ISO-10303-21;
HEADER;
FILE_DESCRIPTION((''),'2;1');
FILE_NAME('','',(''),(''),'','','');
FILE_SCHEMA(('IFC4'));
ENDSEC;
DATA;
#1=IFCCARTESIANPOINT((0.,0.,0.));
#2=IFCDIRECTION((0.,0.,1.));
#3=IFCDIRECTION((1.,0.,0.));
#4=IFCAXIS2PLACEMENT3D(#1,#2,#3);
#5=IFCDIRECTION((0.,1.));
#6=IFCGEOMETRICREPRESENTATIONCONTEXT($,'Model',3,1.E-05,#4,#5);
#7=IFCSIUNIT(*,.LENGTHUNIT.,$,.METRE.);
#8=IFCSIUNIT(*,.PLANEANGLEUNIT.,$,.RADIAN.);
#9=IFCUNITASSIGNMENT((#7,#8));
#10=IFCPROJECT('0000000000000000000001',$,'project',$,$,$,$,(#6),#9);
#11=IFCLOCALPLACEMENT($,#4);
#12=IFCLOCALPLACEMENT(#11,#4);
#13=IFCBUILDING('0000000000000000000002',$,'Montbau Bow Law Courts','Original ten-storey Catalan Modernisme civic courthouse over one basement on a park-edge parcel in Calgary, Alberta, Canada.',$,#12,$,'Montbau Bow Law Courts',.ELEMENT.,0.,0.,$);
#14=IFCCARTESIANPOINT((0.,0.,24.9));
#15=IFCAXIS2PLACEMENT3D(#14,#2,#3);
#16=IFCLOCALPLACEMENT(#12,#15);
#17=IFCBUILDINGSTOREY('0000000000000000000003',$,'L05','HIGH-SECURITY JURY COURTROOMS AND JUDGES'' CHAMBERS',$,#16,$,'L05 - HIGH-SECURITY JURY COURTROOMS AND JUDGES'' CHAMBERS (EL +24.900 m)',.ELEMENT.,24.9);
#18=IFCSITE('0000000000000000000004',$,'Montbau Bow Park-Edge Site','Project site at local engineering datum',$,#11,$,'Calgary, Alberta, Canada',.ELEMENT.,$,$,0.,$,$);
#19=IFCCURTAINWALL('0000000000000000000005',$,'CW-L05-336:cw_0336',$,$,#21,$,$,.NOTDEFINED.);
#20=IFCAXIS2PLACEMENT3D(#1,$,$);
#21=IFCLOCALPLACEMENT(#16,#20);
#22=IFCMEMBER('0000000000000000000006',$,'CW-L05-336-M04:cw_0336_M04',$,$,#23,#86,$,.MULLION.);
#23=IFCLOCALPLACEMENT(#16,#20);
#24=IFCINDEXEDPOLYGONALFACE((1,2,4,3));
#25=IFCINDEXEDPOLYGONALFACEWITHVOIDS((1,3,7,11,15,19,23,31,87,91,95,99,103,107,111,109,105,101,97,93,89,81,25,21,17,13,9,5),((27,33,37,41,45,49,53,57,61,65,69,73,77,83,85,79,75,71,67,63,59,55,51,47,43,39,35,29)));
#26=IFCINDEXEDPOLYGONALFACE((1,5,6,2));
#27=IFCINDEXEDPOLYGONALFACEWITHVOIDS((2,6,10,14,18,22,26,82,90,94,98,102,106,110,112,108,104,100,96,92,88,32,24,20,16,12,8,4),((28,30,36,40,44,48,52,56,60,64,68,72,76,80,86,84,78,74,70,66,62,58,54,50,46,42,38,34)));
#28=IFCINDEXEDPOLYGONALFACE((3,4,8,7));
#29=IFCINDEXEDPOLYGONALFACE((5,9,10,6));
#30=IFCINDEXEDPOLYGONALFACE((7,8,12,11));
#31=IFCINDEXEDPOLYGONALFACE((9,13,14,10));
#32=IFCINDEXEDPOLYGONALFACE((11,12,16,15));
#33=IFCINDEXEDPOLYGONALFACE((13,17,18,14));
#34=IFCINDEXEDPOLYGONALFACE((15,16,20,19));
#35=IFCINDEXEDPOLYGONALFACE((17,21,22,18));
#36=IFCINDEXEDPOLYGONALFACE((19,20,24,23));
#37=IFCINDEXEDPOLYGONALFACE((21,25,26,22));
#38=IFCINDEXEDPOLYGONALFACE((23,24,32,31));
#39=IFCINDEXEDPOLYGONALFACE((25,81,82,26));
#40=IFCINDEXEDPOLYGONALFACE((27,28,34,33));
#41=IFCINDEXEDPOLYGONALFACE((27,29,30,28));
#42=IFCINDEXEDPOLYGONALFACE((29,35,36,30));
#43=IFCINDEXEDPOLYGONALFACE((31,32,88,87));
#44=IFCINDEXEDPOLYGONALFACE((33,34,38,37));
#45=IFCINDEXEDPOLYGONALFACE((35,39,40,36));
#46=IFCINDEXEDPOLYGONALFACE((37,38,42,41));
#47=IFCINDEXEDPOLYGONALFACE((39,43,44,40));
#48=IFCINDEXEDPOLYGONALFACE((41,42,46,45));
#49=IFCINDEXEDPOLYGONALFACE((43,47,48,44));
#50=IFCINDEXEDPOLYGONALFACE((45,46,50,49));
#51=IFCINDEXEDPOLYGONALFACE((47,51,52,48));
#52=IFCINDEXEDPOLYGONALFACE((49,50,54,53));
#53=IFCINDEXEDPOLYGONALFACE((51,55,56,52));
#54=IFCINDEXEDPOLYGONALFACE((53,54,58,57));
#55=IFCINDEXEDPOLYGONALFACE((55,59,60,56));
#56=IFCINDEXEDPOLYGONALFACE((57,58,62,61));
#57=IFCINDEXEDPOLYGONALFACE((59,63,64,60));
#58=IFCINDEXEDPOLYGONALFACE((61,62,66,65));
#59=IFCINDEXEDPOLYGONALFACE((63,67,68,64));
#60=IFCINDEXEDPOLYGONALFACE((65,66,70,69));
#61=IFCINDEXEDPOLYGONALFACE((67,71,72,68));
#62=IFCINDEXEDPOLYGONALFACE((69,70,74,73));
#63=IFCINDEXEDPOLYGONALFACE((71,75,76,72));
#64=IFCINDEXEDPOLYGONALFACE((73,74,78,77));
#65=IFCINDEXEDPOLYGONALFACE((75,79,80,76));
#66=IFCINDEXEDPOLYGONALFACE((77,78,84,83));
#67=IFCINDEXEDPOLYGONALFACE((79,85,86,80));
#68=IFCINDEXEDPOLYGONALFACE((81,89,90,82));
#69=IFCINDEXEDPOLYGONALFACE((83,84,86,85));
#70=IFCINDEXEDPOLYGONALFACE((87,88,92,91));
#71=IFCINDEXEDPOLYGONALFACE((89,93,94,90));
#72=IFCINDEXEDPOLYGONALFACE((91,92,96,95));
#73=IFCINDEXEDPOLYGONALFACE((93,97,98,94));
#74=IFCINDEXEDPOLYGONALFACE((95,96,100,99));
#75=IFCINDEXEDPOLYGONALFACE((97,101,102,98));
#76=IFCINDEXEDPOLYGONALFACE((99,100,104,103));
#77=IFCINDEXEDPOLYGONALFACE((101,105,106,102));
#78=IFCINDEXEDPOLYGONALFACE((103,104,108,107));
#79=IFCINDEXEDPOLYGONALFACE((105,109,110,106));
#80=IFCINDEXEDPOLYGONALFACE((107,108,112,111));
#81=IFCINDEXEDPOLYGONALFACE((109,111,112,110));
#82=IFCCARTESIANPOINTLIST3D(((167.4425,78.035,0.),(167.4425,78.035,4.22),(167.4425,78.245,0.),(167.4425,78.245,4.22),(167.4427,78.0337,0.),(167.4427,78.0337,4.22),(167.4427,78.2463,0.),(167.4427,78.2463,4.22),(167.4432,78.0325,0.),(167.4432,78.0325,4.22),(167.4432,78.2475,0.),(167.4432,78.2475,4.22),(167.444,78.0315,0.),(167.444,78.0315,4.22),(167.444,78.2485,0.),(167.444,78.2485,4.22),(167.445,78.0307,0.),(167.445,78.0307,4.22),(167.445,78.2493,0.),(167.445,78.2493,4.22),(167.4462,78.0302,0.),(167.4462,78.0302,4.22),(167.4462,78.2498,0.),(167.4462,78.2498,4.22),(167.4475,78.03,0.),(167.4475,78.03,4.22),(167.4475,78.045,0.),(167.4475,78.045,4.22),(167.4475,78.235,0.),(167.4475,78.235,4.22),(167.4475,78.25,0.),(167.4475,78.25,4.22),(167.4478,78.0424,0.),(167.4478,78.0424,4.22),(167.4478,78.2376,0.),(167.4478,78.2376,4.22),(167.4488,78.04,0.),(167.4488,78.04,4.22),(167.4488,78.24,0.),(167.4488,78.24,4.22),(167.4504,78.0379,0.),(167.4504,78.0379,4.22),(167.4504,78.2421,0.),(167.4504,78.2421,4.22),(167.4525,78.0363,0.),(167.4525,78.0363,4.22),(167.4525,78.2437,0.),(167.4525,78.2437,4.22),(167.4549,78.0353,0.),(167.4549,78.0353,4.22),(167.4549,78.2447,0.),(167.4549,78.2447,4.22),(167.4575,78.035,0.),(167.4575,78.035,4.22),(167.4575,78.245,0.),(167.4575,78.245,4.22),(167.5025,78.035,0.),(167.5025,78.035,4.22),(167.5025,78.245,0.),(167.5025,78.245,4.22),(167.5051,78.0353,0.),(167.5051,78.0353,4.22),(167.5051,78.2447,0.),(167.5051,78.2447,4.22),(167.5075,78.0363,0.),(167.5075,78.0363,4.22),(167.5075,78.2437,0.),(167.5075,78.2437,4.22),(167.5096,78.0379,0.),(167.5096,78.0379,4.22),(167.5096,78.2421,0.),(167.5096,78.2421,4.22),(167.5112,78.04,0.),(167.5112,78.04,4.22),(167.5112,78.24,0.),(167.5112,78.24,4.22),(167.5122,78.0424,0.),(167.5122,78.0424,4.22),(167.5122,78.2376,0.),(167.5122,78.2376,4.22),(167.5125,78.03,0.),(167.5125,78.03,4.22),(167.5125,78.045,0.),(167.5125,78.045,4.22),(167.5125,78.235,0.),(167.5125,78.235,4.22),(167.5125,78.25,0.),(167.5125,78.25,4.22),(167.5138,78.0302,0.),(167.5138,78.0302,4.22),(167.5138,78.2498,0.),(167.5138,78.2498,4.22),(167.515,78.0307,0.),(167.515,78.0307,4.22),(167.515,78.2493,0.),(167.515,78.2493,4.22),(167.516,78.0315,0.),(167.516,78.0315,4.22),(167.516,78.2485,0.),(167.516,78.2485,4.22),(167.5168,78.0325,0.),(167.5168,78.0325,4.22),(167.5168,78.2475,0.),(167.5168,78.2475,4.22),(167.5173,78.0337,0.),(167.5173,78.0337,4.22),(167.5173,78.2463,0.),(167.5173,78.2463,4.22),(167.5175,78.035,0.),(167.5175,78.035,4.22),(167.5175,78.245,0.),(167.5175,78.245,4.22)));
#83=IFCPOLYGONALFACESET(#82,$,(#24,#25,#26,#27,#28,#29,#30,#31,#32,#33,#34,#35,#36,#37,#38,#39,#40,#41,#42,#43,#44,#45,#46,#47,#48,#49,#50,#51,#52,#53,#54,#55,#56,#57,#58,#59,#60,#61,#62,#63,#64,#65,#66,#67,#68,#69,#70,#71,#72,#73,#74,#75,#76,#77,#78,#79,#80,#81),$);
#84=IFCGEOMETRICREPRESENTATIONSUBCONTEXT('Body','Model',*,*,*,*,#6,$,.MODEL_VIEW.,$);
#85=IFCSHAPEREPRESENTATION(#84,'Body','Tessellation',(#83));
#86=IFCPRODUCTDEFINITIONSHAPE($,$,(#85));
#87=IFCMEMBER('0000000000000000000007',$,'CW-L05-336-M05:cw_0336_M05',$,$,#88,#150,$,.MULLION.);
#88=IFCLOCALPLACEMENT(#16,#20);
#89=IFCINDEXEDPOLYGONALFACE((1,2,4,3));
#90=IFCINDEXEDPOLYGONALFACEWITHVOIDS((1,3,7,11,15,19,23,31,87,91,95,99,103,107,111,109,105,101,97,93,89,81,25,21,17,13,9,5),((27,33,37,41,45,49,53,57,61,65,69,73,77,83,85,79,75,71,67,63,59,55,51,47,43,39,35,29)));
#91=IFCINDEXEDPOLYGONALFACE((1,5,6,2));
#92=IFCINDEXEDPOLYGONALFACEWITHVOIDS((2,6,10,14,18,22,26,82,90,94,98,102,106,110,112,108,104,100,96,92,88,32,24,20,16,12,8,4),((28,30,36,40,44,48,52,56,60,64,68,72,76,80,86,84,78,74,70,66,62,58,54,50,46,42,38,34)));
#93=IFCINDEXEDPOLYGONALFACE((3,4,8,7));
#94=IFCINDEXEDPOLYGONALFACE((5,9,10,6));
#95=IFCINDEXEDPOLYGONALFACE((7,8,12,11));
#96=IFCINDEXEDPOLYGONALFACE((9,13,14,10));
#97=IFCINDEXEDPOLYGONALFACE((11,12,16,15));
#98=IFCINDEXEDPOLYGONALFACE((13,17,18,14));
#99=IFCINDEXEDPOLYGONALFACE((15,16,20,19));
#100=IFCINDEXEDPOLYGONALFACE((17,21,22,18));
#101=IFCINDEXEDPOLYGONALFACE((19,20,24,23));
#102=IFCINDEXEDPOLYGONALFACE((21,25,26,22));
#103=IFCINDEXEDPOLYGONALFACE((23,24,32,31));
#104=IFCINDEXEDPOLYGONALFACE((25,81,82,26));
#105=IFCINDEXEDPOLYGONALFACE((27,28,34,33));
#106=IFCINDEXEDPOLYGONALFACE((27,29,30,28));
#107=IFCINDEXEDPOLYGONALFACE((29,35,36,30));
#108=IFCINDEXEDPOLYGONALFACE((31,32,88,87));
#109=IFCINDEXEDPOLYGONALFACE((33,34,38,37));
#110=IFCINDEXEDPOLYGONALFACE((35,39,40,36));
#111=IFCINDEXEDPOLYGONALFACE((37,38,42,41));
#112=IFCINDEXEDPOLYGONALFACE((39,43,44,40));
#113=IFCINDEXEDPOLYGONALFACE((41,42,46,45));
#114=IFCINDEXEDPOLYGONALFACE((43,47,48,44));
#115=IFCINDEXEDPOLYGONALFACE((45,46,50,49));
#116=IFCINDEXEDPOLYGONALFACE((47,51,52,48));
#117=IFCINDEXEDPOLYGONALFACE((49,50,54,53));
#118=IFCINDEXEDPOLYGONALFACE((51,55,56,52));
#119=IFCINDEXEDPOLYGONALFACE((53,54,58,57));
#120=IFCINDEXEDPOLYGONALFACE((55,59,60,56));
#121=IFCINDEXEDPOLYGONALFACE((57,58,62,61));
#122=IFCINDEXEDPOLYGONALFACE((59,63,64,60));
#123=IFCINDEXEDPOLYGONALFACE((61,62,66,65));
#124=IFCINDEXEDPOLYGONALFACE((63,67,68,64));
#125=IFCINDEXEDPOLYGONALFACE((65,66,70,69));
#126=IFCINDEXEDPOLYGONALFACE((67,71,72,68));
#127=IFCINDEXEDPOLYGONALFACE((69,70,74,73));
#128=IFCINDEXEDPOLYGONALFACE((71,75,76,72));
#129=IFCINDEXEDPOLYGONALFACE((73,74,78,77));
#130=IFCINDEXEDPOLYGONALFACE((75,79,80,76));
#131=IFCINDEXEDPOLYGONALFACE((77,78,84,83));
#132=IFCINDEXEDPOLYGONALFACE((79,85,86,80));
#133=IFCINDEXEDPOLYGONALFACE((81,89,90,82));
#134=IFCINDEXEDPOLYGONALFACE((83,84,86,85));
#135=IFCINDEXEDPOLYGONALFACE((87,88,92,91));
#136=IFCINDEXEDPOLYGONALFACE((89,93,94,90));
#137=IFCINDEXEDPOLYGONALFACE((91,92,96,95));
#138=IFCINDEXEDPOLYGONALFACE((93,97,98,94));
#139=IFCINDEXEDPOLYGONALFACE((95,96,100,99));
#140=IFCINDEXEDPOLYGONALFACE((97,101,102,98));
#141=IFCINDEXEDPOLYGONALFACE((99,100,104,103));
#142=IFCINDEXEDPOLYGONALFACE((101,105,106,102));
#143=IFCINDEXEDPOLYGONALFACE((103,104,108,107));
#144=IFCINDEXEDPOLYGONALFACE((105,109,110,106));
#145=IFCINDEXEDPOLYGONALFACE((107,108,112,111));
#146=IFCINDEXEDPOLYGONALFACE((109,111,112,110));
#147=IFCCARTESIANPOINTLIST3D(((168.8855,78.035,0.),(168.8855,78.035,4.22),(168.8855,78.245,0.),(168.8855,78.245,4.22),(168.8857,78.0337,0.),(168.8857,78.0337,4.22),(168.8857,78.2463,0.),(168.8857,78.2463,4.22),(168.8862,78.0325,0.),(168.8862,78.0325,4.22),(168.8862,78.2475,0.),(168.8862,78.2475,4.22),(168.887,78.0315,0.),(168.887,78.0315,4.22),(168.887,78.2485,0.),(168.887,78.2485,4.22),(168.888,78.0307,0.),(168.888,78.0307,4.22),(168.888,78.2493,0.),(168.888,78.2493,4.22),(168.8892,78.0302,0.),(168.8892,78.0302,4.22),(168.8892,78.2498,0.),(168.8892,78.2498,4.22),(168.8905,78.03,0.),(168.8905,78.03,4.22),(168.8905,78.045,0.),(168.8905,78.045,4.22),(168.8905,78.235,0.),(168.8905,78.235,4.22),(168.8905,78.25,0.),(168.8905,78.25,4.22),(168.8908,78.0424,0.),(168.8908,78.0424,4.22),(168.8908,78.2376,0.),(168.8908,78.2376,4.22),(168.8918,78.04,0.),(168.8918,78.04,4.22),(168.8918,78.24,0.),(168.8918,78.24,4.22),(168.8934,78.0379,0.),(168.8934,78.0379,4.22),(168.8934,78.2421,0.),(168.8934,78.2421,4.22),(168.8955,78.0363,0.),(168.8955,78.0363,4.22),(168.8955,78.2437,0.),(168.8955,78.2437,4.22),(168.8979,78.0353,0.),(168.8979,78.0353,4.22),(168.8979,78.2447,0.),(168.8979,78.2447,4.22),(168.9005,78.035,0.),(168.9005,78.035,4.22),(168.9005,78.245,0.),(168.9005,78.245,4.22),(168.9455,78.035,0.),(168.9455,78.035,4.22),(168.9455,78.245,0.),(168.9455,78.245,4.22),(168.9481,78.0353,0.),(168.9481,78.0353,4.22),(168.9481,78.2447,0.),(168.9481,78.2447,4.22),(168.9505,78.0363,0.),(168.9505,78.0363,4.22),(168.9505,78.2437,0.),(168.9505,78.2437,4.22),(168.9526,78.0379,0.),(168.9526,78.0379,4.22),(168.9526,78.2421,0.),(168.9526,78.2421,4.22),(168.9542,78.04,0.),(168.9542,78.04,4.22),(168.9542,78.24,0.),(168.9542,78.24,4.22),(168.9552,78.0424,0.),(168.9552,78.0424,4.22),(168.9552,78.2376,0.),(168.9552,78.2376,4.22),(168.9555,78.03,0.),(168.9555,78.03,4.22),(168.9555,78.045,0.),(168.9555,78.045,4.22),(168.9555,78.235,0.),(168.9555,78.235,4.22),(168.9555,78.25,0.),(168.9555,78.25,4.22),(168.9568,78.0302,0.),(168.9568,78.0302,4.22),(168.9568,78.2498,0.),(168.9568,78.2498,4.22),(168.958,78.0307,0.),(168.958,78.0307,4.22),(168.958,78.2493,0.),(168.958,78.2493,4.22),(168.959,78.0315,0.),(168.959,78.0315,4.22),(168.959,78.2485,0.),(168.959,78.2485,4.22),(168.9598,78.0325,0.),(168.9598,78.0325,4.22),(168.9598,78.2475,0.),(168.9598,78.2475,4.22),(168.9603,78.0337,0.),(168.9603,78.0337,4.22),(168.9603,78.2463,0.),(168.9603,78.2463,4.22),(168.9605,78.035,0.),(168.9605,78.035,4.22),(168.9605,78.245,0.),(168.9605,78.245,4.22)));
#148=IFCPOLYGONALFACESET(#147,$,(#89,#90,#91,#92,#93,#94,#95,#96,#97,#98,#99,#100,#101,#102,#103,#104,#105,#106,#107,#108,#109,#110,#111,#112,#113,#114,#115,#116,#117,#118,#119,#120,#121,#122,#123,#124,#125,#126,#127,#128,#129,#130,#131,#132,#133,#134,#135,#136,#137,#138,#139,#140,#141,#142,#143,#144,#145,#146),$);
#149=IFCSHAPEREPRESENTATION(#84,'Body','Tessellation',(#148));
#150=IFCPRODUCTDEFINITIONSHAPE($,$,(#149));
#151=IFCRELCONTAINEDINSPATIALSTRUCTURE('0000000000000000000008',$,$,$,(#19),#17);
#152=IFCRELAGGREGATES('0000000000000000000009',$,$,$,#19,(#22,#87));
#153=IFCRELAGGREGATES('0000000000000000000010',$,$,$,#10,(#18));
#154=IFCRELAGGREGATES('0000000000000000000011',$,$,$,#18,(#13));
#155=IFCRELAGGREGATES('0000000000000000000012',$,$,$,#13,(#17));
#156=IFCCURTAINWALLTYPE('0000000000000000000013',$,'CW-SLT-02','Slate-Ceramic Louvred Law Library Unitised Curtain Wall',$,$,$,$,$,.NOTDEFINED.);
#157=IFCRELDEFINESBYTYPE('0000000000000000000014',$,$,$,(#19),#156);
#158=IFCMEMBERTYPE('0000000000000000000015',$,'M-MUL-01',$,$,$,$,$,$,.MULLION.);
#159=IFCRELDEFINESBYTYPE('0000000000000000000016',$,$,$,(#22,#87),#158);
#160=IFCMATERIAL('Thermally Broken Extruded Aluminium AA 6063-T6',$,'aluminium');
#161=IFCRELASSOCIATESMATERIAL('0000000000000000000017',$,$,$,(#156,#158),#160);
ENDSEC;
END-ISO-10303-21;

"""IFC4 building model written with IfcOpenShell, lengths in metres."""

from ifc_helpers import new_model, si_unit, direction, frame, origin_with_axes, origin_2d_with_axis, place, context, subcontext, project, spatial, hollow_rectangle, extrude, material, material_profile, profile_set, type_object, element, aggregate, save


model = new_model("IFC4")

# Units and contexts
model_context = context("Model", 3, precision=1e-05, world=origin_with_axes(), true_north=direction((0.0, 1.0)))
body_context = subcontext(model_context, "Body", "Model", "MODEL_VIEW")
ifc_project = project(units=[si_unit("LENGTHUNIT", "METRE"), si_unit("PLANEANGLEUNIT", "RADIAN")], contexts=[model_context])

# Site, building, storey
site_placement = place(None, origin_with_axes())
site = spatial("IfcSite", under=ifc_project, at=site_placement, Name="Montbau Bow Park-Edge Site", Description="Project site at local engineering datum", LongName="Calgary, Alberta, Canada", CompositionType="ELEMENT", RefElevation=0.0)
building_placement = place(site_placement, origin_with_axes())
building = spatial("IfcBuilding", under=site, at=building_placement, Name="Montbau Bow Law Courts", Description="Original ten-storey Catalan Modernisme civic courthouse over one basement on a park-edge parcel in Calgary, Alberta, Canada.", LongName="Montbau Bow Law Courts", CompositionType="ELEMENT", ElevationOfRefHeight=0.0, ElevationOfTerrain=0.0)
storey_placement = place(building_placement, frame((0.0, 0.0, 24.9), z_axis=(0.0, 0.0, 1.0), x_axis=(1.0, 0.0, 0.0)))
storey = spatial("IfcBuildingStorey", under=building, at=storey_placement, Name="L05", Description="HIGH-SECURITY JURY COURTROOMS AND JUDGES' CHAMBERS", LongName="L05 - HIGH-SECURITY JURY COURTROOMS AND JUDGES' CHAMBERS (EL +24.900 m)", CompositionType="ELEMENT", Elevation=24.9)

# Curtain wall, members
ifc_material_1 = material(Name="Thermally Broken Extruded Aluminium AA 6063-T6", Category="aluminium")
curtain_wall_type = type_object("IfcCurtainWallType", Name="CW-SLT-02", Description="Slate-Ceramic Louvred Law Library Unitised Curtain Wall", PredefinedType="NOTDEFINED", material=ifc_material_1)
curtain_wall_placement = place(None, frame((163.04, 78.14, 24.9), z_axis=(0.0, 0.0, 1.0), x_axis=(1.0, 0.0, 0.0)))
curtain_wall = element("IfcCurtainWall", 1, at=curtain_wall_placement, inside=storey, type_object=curtain_wall_type, Name="CW-L05-336:cw_0336", PredefinedType="NOTDEFINED")
ifc_material_profile_1 = material_profile(ifc_material_1, hollow_rectangle(XDim=0.075, YDim=0.22, WallThickness=0.005, InnerFilletRadius=0.01, OuterFilletRadius=0.005, at=origin_2d_with_axis()), Name="CWM-220X75", Category="Main", Priority=0)
ifc_profile_set_1 = profile_set([ifc_material_profile_1], Name="Thermally Broken Extruded Aluminium AA 6063-T6")
member_type_1 = type_object("IfcMemberType", Name="M-MUL-01", PredefinedType="MULLION", material=ifc_profile_set_1)
member_1_placement = place(None, frame((167.48, 78.14, 24.9), z_axis=(0.0, 0.0, 1.0), x_axis=(1.0, 0.0, 0.0)))
member_1 = element("IfcMember", 2, at=member_1_placement, type_object=member_type_1, Name="CW-L05-336-M04:cw_0336_M04", PredefinedType="MULLION", context=body_context, shape_type="SweptSolid", body=[
    extrude(hollow_rectangle(XDim=0.075, YDim=0.22, WallThickness=0.005, InnerFilletRadius=0.01, OuterFilletRadius=0.005, at=origin_2d_with_axis()), origin_with_axes(), (0.0, 0.0, 1.0), 4.22),
])
member_2_placement = place(None, frame((168.923, 78.14, 24.9), z_axis=(0.0, 0.0, 1.0), x_axis=(1.0, 0.0, 0.0)))
member_2 = element("IfcMember", 3, at=member_2_placement, type_object=member_type_1, Name="CW-L05-336-M05:cw_0336_M05", PredefinedType="MULLION", context=body_context, shape_type="SweptSolid", body=[
    extrude(hollow_rectangle(XDim=0.075, YDim=0.22, WallThickness=0.005, InnerFilletRadius=0.01, OuterFilletRadius=0.005, at=origin_2d_with_axis()), origin_with_axes(), (0.0, 0.0, 1.0), 4.22),
])
aggregate(curtain_wall, [member_1, member_2])

save(model, "model.ifc")
